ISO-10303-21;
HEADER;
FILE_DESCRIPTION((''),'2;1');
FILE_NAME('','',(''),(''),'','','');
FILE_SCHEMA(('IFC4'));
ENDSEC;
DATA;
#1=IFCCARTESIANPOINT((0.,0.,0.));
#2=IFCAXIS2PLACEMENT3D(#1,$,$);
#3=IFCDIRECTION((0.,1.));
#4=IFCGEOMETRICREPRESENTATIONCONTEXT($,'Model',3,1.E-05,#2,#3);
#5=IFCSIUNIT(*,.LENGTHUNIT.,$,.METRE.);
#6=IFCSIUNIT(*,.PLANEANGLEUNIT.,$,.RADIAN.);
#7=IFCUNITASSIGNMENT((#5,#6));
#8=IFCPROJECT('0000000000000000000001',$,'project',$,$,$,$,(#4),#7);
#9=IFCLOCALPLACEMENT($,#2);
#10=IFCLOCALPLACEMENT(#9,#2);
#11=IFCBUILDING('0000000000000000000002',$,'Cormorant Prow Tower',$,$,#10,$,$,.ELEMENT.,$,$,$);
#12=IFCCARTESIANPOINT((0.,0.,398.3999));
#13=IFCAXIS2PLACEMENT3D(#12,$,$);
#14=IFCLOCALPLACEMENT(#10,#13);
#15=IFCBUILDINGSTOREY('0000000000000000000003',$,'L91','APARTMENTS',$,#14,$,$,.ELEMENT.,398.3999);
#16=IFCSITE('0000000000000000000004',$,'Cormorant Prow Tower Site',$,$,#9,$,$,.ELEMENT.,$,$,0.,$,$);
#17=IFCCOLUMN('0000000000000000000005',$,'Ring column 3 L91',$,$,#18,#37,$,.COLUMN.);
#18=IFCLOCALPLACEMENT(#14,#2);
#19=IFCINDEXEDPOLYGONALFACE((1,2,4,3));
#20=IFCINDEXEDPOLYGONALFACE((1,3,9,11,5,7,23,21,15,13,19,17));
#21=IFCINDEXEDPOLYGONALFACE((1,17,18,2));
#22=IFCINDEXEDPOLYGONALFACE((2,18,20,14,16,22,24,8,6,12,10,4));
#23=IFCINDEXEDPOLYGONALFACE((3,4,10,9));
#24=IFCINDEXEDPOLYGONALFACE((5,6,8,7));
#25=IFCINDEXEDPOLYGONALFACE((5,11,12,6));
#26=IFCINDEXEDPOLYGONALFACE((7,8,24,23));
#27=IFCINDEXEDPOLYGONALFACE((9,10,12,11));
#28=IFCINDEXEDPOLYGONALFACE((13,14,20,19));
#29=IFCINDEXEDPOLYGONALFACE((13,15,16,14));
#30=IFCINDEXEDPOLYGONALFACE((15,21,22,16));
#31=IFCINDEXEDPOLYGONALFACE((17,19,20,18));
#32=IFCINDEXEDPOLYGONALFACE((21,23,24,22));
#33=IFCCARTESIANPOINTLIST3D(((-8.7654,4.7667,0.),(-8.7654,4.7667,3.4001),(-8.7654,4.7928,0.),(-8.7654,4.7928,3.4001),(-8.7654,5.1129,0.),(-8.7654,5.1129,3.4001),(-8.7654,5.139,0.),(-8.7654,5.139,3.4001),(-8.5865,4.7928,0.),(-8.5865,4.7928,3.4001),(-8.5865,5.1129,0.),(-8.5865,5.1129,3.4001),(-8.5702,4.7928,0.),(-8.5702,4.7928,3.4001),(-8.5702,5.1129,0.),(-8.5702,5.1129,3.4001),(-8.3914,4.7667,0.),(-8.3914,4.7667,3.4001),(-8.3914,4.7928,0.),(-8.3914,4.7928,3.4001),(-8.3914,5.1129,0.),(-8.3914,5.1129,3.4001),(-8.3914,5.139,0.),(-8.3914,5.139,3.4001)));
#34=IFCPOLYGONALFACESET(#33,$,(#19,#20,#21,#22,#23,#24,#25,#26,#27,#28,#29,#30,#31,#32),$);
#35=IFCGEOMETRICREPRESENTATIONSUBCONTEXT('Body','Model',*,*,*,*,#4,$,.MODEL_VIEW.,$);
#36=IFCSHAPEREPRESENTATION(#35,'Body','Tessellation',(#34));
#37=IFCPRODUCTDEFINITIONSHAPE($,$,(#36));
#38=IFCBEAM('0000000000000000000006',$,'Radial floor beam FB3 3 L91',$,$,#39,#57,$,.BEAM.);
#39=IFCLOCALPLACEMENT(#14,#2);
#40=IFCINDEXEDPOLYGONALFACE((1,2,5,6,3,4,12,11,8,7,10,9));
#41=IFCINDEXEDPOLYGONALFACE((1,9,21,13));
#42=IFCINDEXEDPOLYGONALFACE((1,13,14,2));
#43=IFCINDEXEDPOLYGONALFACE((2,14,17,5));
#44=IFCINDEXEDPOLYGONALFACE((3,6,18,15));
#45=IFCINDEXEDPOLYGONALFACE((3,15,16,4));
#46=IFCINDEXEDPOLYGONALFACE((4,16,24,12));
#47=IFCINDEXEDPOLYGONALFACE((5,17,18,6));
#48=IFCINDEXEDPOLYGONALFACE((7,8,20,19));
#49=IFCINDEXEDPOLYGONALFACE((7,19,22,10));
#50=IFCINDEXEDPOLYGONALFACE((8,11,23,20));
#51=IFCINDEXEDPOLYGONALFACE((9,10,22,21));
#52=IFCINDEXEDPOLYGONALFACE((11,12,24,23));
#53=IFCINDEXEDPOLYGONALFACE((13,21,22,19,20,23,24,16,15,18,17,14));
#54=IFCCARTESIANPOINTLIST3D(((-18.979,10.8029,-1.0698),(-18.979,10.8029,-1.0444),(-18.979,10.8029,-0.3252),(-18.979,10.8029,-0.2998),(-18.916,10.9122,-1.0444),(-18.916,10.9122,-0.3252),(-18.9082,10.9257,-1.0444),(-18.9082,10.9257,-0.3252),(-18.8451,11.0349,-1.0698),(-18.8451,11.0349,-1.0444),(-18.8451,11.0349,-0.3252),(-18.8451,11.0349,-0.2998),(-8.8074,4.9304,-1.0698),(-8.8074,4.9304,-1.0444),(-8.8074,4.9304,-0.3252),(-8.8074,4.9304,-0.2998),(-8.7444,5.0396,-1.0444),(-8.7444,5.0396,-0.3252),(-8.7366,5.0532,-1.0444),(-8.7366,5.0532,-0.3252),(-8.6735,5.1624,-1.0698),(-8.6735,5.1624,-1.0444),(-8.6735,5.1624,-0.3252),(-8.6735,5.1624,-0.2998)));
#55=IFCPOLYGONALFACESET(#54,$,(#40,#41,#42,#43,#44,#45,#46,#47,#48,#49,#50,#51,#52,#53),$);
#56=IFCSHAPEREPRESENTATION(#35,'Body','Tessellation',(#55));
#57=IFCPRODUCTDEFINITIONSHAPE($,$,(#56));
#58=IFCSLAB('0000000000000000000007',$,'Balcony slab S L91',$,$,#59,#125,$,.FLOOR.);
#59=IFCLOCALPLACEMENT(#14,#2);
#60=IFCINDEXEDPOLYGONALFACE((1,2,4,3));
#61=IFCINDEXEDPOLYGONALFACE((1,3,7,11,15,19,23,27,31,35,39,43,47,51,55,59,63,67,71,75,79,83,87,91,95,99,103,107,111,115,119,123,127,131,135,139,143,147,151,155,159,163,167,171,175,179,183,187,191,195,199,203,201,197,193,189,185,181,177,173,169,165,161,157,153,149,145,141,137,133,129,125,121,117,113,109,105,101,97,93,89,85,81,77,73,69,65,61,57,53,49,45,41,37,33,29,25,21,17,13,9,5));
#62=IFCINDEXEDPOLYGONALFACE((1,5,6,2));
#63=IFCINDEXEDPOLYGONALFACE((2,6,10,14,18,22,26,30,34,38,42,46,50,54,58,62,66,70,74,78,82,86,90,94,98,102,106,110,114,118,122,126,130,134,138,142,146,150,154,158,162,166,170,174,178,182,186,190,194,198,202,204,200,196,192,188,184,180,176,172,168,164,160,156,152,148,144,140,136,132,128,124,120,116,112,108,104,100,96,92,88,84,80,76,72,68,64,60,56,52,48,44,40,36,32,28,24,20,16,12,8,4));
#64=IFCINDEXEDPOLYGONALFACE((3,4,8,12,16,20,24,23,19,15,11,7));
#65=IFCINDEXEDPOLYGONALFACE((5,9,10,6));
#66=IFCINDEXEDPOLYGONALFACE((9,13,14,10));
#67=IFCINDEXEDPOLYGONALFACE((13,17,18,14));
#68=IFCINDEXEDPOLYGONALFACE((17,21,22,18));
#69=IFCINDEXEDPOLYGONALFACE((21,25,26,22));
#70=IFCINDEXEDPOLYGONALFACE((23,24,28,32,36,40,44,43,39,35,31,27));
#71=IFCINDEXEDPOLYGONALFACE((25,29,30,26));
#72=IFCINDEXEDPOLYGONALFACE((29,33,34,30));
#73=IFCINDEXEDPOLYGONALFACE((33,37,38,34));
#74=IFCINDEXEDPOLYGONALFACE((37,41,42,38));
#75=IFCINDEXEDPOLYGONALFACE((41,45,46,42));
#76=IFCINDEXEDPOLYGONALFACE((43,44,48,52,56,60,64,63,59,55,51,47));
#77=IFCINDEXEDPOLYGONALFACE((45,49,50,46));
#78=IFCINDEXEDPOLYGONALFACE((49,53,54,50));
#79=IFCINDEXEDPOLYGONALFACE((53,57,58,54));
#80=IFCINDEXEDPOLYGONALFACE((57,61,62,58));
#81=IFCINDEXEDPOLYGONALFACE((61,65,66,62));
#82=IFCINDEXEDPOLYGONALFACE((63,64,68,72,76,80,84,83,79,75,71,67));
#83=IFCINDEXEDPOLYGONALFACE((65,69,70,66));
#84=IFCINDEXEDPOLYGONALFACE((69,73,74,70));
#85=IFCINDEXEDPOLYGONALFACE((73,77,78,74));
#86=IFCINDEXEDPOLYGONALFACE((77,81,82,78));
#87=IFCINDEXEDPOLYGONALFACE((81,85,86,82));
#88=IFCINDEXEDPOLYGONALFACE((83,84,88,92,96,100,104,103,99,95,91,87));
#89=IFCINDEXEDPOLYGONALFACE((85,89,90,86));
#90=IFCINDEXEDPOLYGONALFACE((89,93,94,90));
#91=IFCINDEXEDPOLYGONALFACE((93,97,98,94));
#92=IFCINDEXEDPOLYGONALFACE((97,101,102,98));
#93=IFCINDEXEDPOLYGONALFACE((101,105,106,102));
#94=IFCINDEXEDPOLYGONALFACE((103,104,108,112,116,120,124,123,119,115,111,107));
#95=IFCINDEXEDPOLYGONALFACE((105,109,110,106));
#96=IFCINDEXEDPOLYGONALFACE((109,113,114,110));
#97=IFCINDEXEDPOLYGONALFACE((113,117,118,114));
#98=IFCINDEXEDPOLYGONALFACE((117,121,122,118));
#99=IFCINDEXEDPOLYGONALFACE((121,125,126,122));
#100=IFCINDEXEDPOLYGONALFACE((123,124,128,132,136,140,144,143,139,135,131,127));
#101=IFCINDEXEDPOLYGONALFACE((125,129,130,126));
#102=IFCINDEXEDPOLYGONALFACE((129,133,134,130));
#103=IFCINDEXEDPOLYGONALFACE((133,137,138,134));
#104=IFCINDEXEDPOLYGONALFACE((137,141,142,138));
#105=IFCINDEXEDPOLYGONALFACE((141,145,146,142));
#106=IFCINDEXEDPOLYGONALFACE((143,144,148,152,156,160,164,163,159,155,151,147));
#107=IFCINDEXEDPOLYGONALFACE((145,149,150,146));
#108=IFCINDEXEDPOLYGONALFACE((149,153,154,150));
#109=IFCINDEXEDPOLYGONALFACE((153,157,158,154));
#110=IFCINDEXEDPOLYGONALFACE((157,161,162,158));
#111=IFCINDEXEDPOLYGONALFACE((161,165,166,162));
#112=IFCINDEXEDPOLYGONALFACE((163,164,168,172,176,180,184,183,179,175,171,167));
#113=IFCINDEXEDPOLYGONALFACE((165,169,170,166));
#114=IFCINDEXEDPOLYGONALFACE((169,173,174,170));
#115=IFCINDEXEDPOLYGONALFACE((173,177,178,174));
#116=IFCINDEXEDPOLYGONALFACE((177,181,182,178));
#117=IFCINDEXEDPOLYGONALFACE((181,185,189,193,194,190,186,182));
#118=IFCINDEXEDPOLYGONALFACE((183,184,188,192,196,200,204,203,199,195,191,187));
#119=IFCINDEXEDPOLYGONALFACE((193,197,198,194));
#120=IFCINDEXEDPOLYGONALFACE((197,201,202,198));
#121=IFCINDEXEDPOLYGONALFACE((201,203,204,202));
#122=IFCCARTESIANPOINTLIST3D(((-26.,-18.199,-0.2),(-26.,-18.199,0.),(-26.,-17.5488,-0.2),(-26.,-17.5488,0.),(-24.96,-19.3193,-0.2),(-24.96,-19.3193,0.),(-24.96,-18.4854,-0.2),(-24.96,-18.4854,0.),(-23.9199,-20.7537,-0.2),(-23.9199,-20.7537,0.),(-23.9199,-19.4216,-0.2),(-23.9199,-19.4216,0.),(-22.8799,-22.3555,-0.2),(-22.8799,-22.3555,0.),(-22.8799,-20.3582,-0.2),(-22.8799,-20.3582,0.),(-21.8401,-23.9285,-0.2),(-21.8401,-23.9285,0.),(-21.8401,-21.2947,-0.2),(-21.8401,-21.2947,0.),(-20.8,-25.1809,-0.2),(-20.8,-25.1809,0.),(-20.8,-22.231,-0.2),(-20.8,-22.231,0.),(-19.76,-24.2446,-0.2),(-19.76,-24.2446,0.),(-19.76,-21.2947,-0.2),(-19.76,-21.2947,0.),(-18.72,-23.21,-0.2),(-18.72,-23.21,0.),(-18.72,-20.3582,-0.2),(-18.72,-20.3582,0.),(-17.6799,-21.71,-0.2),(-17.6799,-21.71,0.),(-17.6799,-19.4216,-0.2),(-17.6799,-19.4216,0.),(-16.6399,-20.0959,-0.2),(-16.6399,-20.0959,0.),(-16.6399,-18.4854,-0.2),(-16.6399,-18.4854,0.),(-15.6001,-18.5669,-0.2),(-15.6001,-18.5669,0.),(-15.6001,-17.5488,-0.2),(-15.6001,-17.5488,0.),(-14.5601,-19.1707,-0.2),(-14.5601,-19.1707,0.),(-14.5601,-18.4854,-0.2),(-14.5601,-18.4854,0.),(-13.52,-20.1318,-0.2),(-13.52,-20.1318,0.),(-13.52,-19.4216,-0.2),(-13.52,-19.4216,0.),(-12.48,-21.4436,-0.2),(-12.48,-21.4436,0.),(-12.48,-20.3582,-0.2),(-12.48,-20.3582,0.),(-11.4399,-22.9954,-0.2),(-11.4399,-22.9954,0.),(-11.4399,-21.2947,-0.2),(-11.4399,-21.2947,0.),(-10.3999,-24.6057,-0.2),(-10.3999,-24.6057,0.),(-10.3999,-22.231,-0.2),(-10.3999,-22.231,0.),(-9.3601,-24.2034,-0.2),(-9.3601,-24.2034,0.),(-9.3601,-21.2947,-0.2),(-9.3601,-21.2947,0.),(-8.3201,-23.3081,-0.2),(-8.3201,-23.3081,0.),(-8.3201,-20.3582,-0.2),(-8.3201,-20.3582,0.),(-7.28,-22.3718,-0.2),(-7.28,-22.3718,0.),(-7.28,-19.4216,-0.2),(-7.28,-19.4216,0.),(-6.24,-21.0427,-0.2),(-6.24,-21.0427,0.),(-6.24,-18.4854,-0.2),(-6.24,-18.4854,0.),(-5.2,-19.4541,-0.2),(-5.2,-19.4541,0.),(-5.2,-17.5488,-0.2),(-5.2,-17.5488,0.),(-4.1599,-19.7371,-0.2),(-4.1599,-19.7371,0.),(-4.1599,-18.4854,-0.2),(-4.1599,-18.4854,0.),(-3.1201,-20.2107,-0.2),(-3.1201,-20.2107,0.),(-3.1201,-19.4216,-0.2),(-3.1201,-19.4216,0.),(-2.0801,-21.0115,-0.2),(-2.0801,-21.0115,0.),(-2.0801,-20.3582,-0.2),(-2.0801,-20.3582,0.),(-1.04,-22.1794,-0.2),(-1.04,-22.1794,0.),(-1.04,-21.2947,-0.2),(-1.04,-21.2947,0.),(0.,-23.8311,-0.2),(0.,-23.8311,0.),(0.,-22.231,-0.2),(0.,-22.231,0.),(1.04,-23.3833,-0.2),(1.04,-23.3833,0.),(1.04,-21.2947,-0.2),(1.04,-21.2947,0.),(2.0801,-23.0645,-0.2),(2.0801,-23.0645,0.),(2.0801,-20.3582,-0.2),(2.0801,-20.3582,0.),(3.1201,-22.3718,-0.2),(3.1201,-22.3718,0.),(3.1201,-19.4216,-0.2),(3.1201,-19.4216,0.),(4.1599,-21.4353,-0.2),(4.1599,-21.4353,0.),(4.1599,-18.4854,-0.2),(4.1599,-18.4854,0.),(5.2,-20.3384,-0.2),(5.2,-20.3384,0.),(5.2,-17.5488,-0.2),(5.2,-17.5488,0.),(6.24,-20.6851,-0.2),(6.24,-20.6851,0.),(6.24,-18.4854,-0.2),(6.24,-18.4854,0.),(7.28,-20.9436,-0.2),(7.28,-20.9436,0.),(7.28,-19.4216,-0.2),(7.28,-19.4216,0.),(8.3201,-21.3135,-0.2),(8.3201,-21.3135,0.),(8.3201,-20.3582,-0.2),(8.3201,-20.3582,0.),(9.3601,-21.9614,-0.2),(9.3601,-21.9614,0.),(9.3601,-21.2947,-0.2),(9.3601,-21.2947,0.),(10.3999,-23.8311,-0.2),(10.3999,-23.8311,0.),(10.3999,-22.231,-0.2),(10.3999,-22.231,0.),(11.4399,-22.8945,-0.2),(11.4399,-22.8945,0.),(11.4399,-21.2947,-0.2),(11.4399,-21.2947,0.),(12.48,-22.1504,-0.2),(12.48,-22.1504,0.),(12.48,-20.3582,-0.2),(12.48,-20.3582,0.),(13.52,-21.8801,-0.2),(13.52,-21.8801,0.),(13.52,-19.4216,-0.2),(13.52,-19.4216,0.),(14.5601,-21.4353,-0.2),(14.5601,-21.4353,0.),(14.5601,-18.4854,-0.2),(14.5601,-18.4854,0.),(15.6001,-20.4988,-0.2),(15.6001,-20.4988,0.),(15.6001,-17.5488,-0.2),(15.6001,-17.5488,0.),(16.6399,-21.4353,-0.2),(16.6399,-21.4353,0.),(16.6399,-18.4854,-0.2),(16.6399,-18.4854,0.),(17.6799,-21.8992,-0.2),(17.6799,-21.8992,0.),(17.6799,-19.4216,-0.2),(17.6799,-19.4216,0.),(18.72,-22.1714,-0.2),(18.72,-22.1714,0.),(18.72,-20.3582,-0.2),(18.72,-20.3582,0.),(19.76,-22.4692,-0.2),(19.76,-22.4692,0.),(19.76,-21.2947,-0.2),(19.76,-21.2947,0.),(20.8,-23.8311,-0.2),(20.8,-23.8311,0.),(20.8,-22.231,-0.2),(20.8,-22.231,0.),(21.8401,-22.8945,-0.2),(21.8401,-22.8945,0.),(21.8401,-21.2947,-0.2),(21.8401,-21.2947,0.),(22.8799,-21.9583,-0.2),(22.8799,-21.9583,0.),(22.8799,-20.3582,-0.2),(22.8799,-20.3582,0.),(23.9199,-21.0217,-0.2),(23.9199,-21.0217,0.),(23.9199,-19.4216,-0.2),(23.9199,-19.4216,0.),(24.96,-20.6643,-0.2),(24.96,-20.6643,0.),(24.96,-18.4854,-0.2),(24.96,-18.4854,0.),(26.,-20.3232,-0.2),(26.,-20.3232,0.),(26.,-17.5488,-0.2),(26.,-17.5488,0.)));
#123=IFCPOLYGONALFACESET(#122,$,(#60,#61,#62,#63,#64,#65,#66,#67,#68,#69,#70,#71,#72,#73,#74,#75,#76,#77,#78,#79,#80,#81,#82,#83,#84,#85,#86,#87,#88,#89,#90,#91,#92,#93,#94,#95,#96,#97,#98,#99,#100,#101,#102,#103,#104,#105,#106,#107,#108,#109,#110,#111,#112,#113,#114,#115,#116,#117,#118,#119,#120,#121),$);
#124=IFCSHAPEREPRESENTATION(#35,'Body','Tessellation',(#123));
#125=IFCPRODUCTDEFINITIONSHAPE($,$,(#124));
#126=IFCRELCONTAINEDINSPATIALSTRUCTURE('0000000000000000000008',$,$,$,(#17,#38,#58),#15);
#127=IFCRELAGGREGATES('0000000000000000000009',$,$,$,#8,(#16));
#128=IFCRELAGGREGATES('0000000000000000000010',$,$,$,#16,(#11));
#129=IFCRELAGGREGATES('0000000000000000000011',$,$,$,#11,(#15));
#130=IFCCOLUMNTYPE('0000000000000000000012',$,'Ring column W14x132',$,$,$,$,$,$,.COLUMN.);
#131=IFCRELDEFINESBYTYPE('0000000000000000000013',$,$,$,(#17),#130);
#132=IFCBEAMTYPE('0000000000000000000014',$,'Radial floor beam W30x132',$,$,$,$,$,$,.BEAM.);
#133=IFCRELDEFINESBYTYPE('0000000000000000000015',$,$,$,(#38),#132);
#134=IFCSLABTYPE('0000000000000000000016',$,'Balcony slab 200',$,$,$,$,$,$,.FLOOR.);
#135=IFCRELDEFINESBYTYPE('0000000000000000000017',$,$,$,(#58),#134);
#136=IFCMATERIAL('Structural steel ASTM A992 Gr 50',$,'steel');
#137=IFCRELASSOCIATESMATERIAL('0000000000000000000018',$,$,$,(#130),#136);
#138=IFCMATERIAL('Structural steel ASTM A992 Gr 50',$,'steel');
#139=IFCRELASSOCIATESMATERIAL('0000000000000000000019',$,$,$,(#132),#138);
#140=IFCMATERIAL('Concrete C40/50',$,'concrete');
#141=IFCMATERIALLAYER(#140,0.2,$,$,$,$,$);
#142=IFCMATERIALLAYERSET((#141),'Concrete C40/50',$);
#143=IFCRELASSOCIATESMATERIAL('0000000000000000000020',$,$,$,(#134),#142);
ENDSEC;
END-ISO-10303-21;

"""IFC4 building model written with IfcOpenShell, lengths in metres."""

from ifc_helpers import new_model, si_unit, direction, frame, origin, origin_2d, place, context, subcontext, project, spatial, polyline, i_section, outline, extrude, material, layer, layer_set, material_profile, profile_set, type_object, element, save


model = new_model("IFC4")

# Units and contexts
model_context = context("Model", 3, precision=1e-05, world=origin(), true_north=direction((0.0, 1.0)))
body_context = subcontext(model_context, "Body", "Model", "MODEL_VIEW")
ifc_project = project(units=[si_unit("LENGTHUNIT", "METRE"), si_unit("PLANEANGLEUNIT", "RADIAN")], contexts=[model_context])

# Site, building, storey
site_placement = place(None, origin())
site = spatial("IfcSite", under=ifc_project, at=site_placement, Name="Cormorant Prow Tower Site", CompositionType="ELEMENT", RefElevation=0.0)
building_placement = place(site_placement, origin())
building = spatial("IfcBuilding", under=site, at=building_placement, Name="Cormorant Prow Tower", CompositionType="ELEMENT")
storey_placement = place(building_placement, frame((0.0, 0.0, 398.3999)))
storey = spatial("IfcBuildingStorey", under=building, at=storey_placement, Name="L91", Description="APARTMENTS", CompositionType="ELEMENT", Elevation=398.3999)

# Column
ifc_material_1 = material(Name="Structural steel ASTM A992 Gr 50", Category="steel")
ifc_material_profile_1 = material_profile(ifc_material_1, i_section(OverallWidth=0.374, OverallDepth=0.3723, WebThickness=0.0164, FlangeThickness=0.0261, at=origin_2d()), Name="W14x132")
ifc_profile_set_1 = profile_set([ifc_material_profile_1], Name="Structural steel ASTM A992 Gr 50")
column_type = type_object("IfcColumnType", Name="Ring column W14x132", PredefinedType="COLUMN", material=ifc_profile_set_1)
column_placement = place(storey_placement, frame((-8.5784, 4.9529, 0.0), z_axis=(0.0, 0.0, 1.0), x_axis=(1.0, 0.0, 0.0)))
element("IfcColumn", 1, at=column_placement, inside=storey, type_object=column_type, Name="Ring column 3 L91", PredefinedType="COLUMN", context=body_context, shape_type="SweptSolid", body=[
    extrude(i_section(OverallWidth=0.374, OverallDepth=0.3723, WebThickness=0.0164, FlangeThickness=0.0261, at=origin_2d()), origin(), (0.0, 0.0, 1.0), 3.4001),
])

# Beam
ifc_material_2 = material(Name="Structural steel ASTM A992 Gr 50", Category="steel")
ifc_material_profile_2 = material_profile(ifc_material_2, i_section(OverallWidth=0.2678, OverallDepth=0.77, WebThickness=0.0156, FlangeThickness=0.0254, at=origin_2d()), Name="W30x132")
ifc_profile_set_2 = profile_set([ifc_material_profile_2], Name="Structural steel ASTM A992 Gr 50")
beam_type = type_object("IfcBeamType", Name="Radial floor beam W30x132", PredefinedType="BEAM", material=ifc_profile_set_2)
beam_placement = place(storey_placement, frame((-8.7405, 5.0464, -0.6848), z_axis=(-0.866027, 0.499998, 0.0), x_axis=(-0.499998, -0.866027, 0.0)))
element("IfcBeam", 2, at=beam_placement, inside=storey, type_object=beam_type, Name="Radial floor beam FB3 3 L91", PredefinedType="BEAM", context=body_context, shape_type="SweptSolid", body=[
    extrude(i_section(OverallWidth=0.2678, OverallDepth=0.77, WebThickness=0.0156, FlangeThickness=0.0254, at=origin_2d()), origin(), (0.0, 0.0, 1.0), 11.7451),
])

# Slab
ifc_material_3 = material(Name="Concrete C40/50", Category="concrete")
ifc_layer_1 = layer(ifc_material_3, 0.2)
ifc_layer_set_1 = layer_set([ifc_layer_1], Name="Concrete C40/50")
slab_type_1 = type_object("IfcSlabType", Name="Balcony slab 200", PredefinedType="FLOOR", material=ifc_layer_set_1)
slab_1_placement = place(storey_placement, frame((0.0, 0.0, -0.2)))
element("IfcSlab", 3, at=slab_1_placement, inside=storey, type_object=slab_type_1, Name="Balcony slab S L91", PredefinedType="FLOOR", context=body_context, shape_type="SweptSolid", body=[
    extrude(outline(polyline([(-26.0, -17.5488), (-26.0, -18.199), (-24.96, -19.3193), (-23.9199, -20.7537), (-22.8799, -22.3555), (-21.8401, -23.9285), (-20.8, -25.1809), (-19.76, -24.2446), (-18.72, -23.21), (-17.6799, -21.71), (-16.6399, -20.0959), (-15.6001, -18.5669), (-14.5601, -19.1707), (-13.52, -20.1318), (-12.48, -21.4436), (-11.4399, -22.9954), (-10.3999, -24.6057), (-9.3601, -24.2034), (-8.3201, -23.3081), (-7.28, -22.3718), (-6.24, -21.0427), (-5.2, -19.4541), (-4.1599, -19.7371), (-3.1201, -20.2107), (-2.0801, -21.0115), (-1.04, -22.1794), (0.0, -23.8311), (1.04, -23.3833), (2.0801, -23.0645), (3.1201, -22.3718), (4.1599, -21.4353), (5.2, -20.3384), (6.24, -20.6851), (7.28, -20.9436), (8.3201, -21.3135), (9.3601, -21.9614), (10.3999, -23.8311), (11.4399, -22.8945), (12.48, -22.1504), (13.52, -21.8801), (14.5601, -21.4353), (15.6001, -20.4988), (16.6399, -21.4353), (17.6799, -21.8992), (18.72, -22.1714), (19.76, -22.4692), (20.8, -23.8311), (21.8401, -22.8945), (22.8799, -21.9583), (23.9199, -21.0217), (24.96, -20.6643), (26.0, -20.3232), (26.0, -17.5488), (24.96, -18.4854), (23.9199, -19.4216), (22.8799, -20.3582), (21.8401, -21.2947), (20.8, -22.231), (19.76, -21.2947), (18.72, -20.3582), (17.6799, -19.4216), (16.6399, -18.4854), (15.6001, -17.5488), (14.5601, -18.4854), (13.52, -19.4216), (12.48, -20.3582), (11.4399, -21.2947), (10.3999, -22.231), (9.3601, -21.2947), (8.3201, -20.3582), (7.28, -19.4216), (6.24, -18.4854), (5.2, -17.5488), (4.1599, -18.4854), (3.1201, -19.4216), (2.0801, -20.3582), (1.04, -21.2947), (0.0, -22.231), (-1.04, -21.2947), (-2.0801, -20.3582), (-3.1201, -19.4216), (-4.1599, -18.4854), (-5.2, -17.5488), (-6.24, -18.4854), (-7.28, -19.4216), (-8.3201, -20.3582), (-9.3601, -21.2947), (-10.3999, -22.231), (-11.4399, -21.2947), (-12.48, -20.3582), (-13.52, -19.4216), (-14.5601, -18.4854), (-15.6001, -17.5488), (-16.6399, -18.4854), (-17.6799, -19.4216), (-18.72, -20.3582), (-19.76, -21.2947), (-20.8, -22.231), (-21.8401, -21.2947), (-22.8799, -20.3582), (-23.9199, -19.4216), (-24.96, -18.4854), (-26.0, -17.5488)])), origin(), (0.0, 0.0, 1.0), 0.2),
])

save(model, "model.ifc")
